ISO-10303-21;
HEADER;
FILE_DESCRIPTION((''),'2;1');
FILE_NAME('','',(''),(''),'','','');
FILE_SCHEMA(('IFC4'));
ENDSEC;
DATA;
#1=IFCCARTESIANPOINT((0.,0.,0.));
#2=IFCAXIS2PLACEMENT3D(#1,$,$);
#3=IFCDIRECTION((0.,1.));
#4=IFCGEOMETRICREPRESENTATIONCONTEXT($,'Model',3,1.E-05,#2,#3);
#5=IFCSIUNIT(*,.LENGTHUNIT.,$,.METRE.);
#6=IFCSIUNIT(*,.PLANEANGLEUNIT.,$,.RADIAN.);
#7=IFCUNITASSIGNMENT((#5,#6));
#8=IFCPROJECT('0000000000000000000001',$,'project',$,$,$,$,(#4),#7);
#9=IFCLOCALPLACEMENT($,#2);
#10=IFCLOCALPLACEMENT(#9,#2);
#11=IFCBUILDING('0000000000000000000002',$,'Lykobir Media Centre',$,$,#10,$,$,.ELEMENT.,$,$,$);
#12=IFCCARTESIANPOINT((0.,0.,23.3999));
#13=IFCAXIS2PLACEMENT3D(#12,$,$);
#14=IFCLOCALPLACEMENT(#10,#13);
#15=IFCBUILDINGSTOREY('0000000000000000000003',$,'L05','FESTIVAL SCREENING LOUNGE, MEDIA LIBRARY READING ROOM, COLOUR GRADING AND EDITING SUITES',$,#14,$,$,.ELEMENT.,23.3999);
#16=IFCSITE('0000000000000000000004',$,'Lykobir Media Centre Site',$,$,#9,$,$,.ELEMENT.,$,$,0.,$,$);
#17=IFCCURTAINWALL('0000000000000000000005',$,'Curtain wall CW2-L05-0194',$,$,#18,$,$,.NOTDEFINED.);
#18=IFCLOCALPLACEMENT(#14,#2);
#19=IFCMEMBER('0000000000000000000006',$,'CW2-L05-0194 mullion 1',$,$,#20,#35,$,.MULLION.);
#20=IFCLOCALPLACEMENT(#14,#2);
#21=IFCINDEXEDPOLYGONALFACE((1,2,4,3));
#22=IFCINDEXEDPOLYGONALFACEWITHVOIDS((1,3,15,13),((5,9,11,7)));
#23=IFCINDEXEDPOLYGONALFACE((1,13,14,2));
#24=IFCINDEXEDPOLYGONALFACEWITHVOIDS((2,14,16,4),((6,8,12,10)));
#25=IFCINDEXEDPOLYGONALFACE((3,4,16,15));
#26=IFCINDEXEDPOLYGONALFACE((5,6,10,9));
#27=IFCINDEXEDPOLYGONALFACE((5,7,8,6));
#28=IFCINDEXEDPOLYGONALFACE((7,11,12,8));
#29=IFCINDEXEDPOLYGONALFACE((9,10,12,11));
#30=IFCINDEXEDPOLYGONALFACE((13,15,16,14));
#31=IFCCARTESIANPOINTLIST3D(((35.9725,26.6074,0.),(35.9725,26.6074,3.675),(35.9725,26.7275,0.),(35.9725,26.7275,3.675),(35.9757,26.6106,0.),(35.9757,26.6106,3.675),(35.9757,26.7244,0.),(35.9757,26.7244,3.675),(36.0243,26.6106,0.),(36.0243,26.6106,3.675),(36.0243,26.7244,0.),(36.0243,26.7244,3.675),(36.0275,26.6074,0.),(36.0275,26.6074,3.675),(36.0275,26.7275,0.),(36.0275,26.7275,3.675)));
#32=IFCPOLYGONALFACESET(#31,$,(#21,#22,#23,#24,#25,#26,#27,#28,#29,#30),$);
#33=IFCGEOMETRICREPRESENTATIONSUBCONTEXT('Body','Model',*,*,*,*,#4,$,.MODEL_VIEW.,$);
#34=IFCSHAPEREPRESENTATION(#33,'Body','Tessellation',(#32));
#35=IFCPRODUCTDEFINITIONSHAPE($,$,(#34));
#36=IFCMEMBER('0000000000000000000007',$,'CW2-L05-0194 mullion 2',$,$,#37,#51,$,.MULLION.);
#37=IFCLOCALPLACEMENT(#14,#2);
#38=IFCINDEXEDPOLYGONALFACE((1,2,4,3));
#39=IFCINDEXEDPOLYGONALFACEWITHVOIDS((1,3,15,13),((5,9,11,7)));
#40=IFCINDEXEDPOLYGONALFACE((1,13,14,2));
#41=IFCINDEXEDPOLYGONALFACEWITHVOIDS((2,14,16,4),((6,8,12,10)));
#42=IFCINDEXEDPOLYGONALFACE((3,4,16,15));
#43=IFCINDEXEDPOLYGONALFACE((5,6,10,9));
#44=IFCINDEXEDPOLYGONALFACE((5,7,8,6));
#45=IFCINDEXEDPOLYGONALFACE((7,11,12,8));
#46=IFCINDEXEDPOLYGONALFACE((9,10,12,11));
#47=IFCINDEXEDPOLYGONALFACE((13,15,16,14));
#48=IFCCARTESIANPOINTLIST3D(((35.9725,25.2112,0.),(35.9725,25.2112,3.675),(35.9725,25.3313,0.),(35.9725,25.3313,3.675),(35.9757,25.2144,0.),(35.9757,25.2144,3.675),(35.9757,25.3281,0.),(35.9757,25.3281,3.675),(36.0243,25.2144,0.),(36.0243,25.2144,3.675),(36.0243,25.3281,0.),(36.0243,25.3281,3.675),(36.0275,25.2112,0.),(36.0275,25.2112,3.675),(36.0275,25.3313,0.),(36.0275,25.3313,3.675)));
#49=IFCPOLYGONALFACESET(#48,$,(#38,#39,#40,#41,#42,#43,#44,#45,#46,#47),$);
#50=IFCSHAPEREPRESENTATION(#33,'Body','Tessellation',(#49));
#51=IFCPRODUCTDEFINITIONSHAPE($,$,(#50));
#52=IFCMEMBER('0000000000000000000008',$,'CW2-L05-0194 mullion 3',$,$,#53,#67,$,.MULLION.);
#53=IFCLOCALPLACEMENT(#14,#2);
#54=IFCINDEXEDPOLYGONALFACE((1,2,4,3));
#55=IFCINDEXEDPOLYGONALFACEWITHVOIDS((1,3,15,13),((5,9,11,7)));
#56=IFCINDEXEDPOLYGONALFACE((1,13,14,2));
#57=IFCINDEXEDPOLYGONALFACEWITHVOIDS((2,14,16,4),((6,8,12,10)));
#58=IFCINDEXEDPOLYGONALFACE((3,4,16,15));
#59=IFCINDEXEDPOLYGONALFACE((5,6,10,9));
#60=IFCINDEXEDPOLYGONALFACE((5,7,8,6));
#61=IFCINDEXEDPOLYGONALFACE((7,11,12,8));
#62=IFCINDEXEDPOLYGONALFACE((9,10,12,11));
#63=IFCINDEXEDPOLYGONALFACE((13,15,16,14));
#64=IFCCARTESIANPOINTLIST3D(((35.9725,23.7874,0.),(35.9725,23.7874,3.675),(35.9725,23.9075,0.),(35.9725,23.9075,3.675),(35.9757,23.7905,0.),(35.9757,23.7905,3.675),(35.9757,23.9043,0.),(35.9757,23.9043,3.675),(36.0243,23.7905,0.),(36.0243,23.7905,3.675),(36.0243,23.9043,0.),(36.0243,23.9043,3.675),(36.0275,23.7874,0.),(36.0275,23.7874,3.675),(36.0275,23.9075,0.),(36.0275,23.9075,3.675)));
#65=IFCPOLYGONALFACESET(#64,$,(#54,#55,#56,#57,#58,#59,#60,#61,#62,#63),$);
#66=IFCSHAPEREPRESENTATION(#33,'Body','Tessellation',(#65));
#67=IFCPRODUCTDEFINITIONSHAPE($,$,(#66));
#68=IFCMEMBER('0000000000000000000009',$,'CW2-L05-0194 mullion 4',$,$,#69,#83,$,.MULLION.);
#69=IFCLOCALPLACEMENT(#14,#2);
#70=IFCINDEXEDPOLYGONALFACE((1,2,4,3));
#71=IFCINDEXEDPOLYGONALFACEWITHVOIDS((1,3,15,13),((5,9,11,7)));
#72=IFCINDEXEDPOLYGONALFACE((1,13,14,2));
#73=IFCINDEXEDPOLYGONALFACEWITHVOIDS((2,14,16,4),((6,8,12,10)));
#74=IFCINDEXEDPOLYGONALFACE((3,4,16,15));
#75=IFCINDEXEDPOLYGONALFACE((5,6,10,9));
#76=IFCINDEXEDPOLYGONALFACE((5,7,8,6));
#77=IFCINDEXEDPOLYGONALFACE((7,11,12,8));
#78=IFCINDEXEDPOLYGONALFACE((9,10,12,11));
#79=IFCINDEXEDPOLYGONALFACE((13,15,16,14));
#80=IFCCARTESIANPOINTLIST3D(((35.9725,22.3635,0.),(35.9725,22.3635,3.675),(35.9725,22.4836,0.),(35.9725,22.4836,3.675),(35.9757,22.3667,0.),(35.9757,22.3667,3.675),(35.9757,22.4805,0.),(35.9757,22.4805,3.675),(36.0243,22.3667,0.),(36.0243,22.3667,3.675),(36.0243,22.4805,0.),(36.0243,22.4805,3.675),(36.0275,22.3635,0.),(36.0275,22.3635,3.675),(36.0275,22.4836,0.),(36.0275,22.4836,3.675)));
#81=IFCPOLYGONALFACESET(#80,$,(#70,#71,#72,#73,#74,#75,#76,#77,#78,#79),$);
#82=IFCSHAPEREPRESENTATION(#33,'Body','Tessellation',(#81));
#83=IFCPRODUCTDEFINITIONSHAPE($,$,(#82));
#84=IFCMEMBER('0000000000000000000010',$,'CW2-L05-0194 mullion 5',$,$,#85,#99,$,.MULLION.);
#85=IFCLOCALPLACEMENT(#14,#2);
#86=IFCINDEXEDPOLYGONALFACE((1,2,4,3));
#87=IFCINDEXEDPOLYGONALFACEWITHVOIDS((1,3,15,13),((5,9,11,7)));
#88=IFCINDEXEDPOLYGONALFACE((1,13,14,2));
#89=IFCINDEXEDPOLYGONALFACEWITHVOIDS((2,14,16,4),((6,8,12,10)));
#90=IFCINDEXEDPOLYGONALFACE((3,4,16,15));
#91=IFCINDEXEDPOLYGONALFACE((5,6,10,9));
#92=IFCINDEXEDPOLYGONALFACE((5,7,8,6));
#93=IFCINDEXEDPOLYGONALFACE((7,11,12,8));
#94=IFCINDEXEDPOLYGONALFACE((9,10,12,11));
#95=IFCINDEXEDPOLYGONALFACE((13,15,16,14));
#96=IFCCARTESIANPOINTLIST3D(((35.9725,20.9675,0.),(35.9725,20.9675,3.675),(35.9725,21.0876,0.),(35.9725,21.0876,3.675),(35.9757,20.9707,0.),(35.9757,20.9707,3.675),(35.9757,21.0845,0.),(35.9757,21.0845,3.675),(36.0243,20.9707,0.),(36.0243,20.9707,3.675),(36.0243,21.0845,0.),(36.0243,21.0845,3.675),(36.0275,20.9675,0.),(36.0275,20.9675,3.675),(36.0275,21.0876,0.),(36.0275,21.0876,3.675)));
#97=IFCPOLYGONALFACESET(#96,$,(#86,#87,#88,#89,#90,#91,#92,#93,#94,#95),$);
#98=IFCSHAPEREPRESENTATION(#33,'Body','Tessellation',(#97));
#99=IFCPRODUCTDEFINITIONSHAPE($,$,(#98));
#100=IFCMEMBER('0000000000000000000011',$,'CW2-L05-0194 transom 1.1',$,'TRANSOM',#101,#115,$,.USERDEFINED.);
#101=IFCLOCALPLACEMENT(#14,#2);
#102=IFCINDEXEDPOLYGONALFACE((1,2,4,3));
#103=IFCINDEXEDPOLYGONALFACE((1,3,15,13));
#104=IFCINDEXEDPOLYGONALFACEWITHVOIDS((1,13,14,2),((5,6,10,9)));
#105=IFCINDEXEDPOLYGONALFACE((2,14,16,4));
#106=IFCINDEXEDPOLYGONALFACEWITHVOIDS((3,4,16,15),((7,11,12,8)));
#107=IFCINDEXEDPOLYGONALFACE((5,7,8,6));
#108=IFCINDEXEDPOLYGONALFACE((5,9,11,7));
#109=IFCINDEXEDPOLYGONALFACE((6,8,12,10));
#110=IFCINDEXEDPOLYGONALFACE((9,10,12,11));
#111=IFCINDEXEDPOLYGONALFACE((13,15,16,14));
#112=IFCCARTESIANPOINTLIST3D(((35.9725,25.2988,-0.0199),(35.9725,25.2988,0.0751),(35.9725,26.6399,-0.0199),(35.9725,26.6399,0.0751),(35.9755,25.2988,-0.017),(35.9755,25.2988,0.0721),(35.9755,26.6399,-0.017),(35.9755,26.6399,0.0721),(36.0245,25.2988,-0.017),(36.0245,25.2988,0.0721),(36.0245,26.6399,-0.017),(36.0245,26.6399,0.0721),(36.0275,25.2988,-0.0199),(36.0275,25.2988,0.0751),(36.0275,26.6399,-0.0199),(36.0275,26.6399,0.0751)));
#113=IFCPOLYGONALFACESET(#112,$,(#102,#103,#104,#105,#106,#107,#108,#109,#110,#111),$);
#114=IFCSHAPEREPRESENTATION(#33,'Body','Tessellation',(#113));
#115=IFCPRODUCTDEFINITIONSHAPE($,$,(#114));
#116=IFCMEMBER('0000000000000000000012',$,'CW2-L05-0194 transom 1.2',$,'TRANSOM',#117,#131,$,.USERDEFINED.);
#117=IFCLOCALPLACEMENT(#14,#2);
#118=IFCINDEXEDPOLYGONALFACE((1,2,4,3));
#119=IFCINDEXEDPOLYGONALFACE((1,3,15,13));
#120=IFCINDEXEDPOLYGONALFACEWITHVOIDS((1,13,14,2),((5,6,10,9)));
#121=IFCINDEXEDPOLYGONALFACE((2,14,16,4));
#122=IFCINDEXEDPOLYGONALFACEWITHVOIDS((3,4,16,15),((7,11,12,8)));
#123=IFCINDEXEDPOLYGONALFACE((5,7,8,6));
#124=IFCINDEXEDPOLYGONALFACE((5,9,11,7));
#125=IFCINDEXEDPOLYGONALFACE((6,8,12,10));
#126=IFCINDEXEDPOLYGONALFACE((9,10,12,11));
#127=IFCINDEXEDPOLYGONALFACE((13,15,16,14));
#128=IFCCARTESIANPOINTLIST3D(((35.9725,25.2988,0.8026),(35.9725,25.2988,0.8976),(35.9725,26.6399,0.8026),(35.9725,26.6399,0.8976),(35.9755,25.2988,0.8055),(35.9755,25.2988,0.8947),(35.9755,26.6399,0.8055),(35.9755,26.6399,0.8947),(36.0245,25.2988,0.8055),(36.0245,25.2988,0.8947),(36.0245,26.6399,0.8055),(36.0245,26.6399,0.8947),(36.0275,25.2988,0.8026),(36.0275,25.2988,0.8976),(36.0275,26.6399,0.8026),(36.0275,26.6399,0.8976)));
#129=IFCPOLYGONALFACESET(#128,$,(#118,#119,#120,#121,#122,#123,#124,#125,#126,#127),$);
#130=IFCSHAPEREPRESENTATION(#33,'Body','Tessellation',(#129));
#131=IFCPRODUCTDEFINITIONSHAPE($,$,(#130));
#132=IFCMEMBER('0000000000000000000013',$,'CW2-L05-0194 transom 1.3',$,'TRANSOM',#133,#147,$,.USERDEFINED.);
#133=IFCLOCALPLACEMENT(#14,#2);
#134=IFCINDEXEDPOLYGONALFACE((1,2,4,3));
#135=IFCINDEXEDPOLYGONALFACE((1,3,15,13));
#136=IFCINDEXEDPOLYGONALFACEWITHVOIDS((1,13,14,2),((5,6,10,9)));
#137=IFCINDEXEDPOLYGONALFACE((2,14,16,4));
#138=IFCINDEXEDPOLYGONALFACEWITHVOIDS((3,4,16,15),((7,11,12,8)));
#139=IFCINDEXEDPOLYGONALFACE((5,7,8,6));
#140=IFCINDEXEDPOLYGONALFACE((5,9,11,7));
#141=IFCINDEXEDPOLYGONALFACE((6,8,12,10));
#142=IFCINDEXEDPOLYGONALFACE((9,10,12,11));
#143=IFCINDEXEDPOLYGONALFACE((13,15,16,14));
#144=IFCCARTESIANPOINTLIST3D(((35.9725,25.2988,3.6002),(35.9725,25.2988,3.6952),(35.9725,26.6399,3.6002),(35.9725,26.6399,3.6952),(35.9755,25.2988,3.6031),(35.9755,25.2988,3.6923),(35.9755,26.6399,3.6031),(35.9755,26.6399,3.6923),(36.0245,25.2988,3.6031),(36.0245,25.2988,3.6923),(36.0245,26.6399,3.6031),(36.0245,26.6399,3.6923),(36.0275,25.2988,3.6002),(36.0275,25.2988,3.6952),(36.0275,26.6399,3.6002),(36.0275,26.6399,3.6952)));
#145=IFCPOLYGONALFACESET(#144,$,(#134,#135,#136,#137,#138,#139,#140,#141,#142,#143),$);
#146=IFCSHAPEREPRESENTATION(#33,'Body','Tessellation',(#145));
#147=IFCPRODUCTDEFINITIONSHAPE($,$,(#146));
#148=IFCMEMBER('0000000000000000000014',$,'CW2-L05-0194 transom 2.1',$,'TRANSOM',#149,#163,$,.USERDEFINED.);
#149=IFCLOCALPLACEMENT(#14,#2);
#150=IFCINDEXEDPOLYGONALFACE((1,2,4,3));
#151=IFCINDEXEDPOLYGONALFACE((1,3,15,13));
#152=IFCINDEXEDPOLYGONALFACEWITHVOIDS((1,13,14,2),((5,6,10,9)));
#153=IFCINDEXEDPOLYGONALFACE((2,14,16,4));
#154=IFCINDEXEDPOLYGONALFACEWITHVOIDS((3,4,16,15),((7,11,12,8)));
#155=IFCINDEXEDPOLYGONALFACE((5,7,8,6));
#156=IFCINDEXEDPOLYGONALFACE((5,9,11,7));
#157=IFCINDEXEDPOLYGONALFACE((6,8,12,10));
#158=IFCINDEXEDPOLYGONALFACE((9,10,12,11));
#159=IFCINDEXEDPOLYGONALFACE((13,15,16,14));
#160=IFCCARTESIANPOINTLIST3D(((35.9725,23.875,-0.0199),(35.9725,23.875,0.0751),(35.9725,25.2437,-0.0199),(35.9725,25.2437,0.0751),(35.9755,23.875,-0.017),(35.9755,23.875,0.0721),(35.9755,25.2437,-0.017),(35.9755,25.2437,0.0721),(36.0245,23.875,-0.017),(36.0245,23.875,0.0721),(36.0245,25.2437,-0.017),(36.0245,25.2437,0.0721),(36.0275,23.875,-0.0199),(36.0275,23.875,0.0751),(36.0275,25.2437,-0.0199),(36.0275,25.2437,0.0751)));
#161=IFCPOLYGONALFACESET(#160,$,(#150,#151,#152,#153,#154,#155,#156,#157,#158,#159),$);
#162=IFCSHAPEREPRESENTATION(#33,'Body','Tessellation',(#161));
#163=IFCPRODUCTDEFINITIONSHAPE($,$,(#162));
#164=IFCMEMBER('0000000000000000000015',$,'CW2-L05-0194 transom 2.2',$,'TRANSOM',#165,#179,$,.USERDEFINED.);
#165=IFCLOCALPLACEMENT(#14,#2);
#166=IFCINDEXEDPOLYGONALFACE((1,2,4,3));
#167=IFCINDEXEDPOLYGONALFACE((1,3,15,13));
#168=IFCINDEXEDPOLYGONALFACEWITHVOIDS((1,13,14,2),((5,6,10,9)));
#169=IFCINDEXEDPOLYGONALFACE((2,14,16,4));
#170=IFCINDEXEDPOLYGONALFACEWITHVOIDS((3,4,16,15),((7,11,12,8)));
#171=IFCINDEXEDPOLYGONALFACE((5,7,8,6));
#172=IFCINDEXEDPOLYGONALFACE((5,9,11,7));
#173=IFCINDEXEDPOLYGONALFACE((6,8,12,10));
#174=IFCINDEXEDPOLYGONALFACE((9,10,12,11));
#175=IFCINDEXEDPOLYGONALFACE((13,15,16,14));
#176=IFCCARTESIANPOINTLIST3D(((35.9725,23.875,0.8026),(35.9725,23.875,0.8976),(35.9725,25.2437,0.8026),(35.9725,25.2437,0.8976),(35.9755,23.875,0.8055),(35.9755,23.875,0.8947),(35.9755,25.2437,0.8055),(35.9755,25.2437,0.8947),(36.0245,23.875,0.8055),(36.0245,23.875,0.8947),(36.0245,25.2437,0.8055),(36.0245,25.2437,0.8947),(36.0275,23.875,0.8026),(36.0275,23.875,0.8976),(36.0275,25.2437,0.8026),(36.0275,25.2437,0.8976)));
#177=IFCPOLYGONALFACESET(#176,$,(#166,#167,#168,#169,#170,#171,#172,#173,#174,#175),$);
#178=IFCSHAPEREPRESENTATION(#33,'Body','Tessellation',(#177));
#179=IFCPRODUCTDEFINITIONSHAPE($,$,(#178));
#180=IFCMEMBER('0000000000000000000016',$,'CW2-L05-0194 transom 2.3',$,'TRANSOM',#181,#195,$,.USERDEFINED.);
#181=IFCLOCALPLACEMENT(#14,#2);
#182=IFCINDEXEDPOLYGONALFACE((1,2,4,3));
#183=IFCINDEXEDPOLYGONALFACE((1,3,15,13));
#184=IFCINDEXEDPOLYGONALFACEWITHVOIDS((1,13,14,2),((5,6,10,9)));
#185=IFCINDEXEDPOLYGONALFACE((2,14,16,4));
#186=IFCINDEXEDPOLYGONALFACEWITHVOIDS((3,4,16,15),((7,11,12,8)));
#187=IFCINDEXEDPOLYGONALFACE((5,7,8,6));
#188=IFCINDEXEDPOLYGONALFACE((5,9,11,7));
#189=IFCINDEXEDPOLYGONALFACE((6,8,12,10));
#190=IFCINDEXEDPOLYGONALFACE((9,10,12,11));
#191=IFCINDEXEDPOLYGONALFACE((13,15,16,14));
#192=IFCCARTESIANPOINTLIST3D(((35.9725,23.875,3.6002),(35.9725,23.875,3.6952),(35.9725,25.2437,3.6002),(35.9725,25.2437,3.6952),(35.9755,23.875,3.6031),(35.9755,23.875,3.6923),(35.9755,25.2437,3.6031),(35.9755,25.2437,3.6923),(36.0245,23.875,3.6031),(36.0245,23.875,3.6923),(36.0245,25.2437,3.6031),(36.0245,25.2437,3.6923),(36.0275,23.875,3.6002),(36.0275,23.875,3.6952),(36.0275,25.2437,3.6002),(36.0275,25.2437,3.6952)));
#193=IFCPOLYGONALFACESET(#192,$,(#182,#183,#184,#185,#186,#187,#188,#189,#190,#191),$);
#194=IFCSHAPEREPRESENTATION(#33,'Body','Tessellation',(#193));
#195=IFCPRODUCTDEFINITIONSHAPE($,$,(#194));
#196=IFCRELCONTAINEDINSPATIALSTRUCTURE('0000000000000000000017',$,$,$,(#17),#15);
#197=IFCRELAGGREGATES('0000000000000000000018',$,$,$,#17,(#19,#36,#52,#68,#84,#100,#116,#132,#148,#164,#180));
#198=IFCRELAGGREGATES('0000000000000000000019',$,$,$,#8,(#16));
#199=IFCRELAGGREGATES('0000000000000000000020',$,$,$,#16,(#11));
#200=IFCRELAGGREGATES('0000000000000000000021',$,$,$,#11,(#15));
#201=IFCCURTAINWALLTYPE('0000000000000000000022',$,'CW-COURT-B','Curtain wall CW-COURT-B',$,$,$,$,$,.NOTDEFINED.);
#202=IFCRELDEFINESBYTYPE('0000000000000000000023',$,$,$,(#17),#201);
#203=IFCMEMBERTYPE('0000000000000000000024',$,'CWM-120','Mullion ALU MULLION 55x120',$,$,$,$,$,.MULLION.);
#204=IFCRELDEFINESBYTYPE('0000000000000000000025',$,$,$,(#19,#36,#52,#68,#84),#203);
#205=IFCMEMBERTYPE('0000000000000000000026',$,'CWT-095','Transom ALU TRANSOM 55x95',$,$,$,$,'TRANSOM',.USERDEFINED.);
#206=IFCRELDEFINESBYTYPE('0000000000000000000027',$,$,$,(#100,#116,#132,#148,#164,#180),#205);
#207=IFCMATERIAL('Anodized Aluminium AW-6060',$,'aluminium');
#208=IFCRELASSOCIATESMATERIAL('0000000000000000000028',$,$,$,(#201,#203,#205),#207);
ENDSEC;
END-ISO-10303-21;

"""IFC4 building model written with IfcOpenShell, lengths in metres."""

from ifc_helpers import new_model, si_unit, direction, frame, origin, origin_2d, place, context, subcontext, project, spatial, hollow_rectangle, extrude, material, material_profile, profile_set, type_object, element, aggregate, save


model = new_model("IFC4")

# Units and contexts
model_context = context("Model", 3, precision=1e-05, world=origin(), true_north=direction((0.0, 1.0)))
body_context = subcontext(model_context, "Body", "Model", "MODEL_VIEW")
ifc_project = project(units=[si_unit("LENGTHUNIT", "METRE"), si_unit("PLANEANGLEUNIT", "RADIAN")], contexts=[model_context])

# Site, building, storey
site_placement = place(None, origin())
site = spatial("IfcSite", under=ifc_project, at=site_placement, Name="Lykobir Media Centre Site", CompositionType="ELEMENT", RefElevation=0.0)
building_placement = place(site_placement, origin())
building = spatial("IfcBuilding", under=site, at=building_placement, Name="Lykobir Media Centre", CompositionType="ELEMENT")
storey_placement = place(building_placement, frame((0.0, 0.0, 23.3999)))
storey = spatial("IfcBuildingStorey", under=building, at=storey_placement, Name="L05", Description="FESTIVAL SCREENING LOUNGE, MEDIA LIBRARY READING ROOM, COLOUR GRADING AND EDITING SUITES", CompositionType="ELEMENT", Elevation=23.3999)

# Curtain wall, members
ifc_material_1 = material(Name="Anodized Aluminium AW-6060", Category="aluminium")
curtain_wall_type = type_object("IfcCurtainWallType", Name="CW-COURT-B", Description="Curtain wall CW-COURT-B", PredefinedType="NOTDEFINED", material=ifc_material_1)
curtain_wall_placement = place(storey_placement, origin())
curtain_wall = element("IfcCurtainWall", 1, at=curtain_wall_placement, inside=storey, type_object=curtain_wall_type, Name="Curtain wall CW2-L05-0194", PredefinedType="NOTDEFINED")
ifc_material_profile_1 = material_profile(ifc_material_1, hollow_rectangle(XDim=0.0549, YDim=0.1201, WallThickness=0.0032, at=origin_2d()), Name="ALU MULLION 55x120")
ifc_profile_set_1 = profile_set([ifc_material_profile_1], Name="Anodized Aluminium AW-6060")
member_type_1 = type_object("IfcMemberType", Name="CWM-120", Description="Mullion ALU MULLION 55x120", PredefinedType="MULLION", material=ifc_profile_set_1)
member_1_placement = place(storey_placement, frame((36.0, 26.6675, 0.0), z_axis=(0.0, 0.0, 1.0), x_axis=(1.0, 0.0, 0.0)))
member_1 = element("IfcMember", 2, at=member_1_placement, type_object=member_type_1, Name="CW2-L05-0194 mullion 1", PredefinedType="MULLION", context=body_context, shape_type="SweptSolid", body=[
    extrude(hollow_rectangle(XDim=0.0549, YDim=0.1201, WallThickness=0.0032, at=origin_2d()), origin(), (0.0, 0.0, 1.0), 3.675),
])
member_2_placement = place(storey_placement, frame((36.0, 25.2712, 0.0), z_axis=(0.0, 0.0, 1.0), x_axis=(1.0, 0.0, 0.0)))
member_2 = element("IfcMember", 3, at=member_2_placement, type_object=member_type_1, Name="CW2-L05-0194 mullion 2", PredefinedType="MULLION", context=body_context, shape_type="SweptSolid", body=[
    extrude(hollow_rectangle(XDim=0.0549, YDim=0.1201, WallThickness=0.0032, at=origin_2d()), origin(), (0.0, 0.0, 1.0), 3.675),
])
member_3_placement = place(storey_placement, frame((36.0, 23.8474, 0.0), z_axis=(0.0, 0.0, 1.0), x_axis=(1.0, 0.0, 0.0)))
member_3 = element("IfcMember", 4, at=member_3_placement, type_object=member_type_1, Name="CW2-L05-0194 mullion 3", PredefinedType="MULLION", context=body_context, shape_type="SweptSolid", body=[
    extrude(hollow_rectangle(XDim=0.0549, YDim=0.1201, WallThickness=0.0032, at=origin_2d()), origin(), (0.0, 0.0, 1.0), 3.675),
])
member_4_placement = place(storey_placement, frame((36.0, 22.4236, 0.0), z_axis=(0.0, 0.0, 1.0), x_axis=(1.0, 0.0, 0.0)))
member_4 = element("IfcMember", 5, at=member_4_placement, type_object=member_type_1, Name="CW2-L05-0194 mullion 4", PredefinedType="MULLION", context=body_context, shape_type="SweptSolid", body=[
    extrude(hollow_rectangle(XDim=0.0549, YDim=0.1201, WallThickness=0.0032, at=origin_2d()), origin(), (0.0, 0.0, 1.0), 3.675),
])
member_5_placement = place(storey_placement, frame((36.0, 21.0276, 0.0), z_axis=(0.0, 0.0, 1.0), x_axis=(1.0, 0.0, 0.0)))
member_5 = element("IfcMember", 6, at=member_5_placement, type_object=member_type_1, Name="CW2-L05-0194 mullion 5", PredefinedType="MULLION", context=body_context, shape_type="SweptSolid", body=[
    extrude(hollow_rectangle(XDim=0.0549, YDim=0.1201, WallThickness=0.0032, at=origin_2d()), origin(), (0.0, 0.0, 1.0), 3.675),
])
ifc_material_profile_2 = material_profile(ifc_material_1, hollow_rectangle(XDim=0.0549, YDim=0.095, WallThickness=0.0029, at=origin_2d()), Name="ALU TRANSOM 55x95")
ifc_profile_set_2 = profile_set([ifc_material_profile_2], Name="Anodized Aluminium AW-6060")
member_type_2 = type_object("IfcMemberType", Name="CWT-095", Description="Transom ALU TRANSOM 55x95", ElementType="TRANSOM", PredefinedType="USERDEFINED", material=ifc_profile_set_2)
member_6_placement = place(storey_placement, frame((36.0, 26.6399, 0.0276), z_axis=(0.0, -1.0, 0.0), x_axis=(1.0, 0.0, 0.0)))
member_6 = element("IfcMember", 7, at=member_6_placement, type_object=member_type_2, Name="CW2-L05-0194 transom 1.1", ObjectType="TRANSOM", PredefinedType="USERDEFINED", context=body_context, shape_type="SweptSolid", body=[
    extrude(hollow_rectangle(XDim=0.0549, YDim=0.095, WallThickness=0.0029, at=origin_2d()), origin(), (0.0, 0.0, 1.0), 1.3411),
])
member_7_placement = place(storey_placement, frame((36.0, 26.6399, 0.8501), z_axis=(0.0, -1.0, 0.0), x_axis=(1.0, 0.0, 0.0)))
member_7 = element("IfcMember", 8, at=member_7_placement, type_object=member_type_2, Name="CW2-L05-0194 transom 1.2", ObjectType="TRANSOM", PredefinedType="USERDEFINED", context=body_context, shape_type="SweptSolid", body=[
    extrude(hollow_rectangle(XDim=0.0549, YDim=0.095, WallThickness=0.0029, at=origin_2d()), origin(), (0.0, 0.0, 1.0), 1.3411),
])
member_8_placement = place(storey_placement, frame((36.0, 26.6399, 3.6477), z_axis=(0.0, -1.0, 0.0), x_axis=(1.0, 0.0, 0.0)))
member_8 = element("IfcMember", 9, at=member_8_placement, type_object=member_type_2, Name="CW2-L05-0194 transom 1.3", ObjectType="TRANSOM", PredefinedType="USERDEFINED", context=body_context, shape_type="SweptSolid", body=[
    extrude(hollow_rectangle(XDim=0.0549, YDim=0.095, WallThickness=0.0029, at=origin_2d()), origin(), (0.0, 0.0, 1.0), 1.3411),
])
member_9_placement = place(storey_placement, frame((36.0, 25.2437, 0.0276), z_axis=(0.0, -1.0, 0.0), x_axis=(1.0, 0.0, 0.0)))
member_9 = element("IfcMember", 10, at=member_9_placement, type_object=member_type_2, Name="CW2-L05-0194 transom 2.1", ObjectType="TRANSOM", PredefinedType="USERDEFINED", context=body_context, shape_type="SweptSolid", body=[
    extrude(hollow_rectangle(XDim=0.0549, YDim=0.095, WallThickness=0.0029, at=origin_2d()), origin(), (0.0, 0.0, 1.0), 1.3687),
])
member_10_placement = place(storey_placement, frame((36.0, 25.2437, 0.8501), z_axis=(0.0, -1.0, 0.0), x_axis=(1.0, 0.0, 0.0)))
member_10 = element("IfcMember", 11, at=member_10_placement, type_object=member_type_2, Name="CW2-L05-0194 transom 2.2", ObjectType="TRANSOM", PredefinedType="USERDEFINED", context=body_context, shape_type="SweptSolid", body=[
    extrude(hollow_rectangle(XDim=0.0549, YDim=0.095, WallThickness=0.0029, at=origin_2d()), origin(), (0.0, 0.0, 1.0), 1.3687),
])
member_11_placement = place(storey_placement, frame((36.0, 25.2437, 3.6477), z_axis=(0.0, -1.0, 0.0), x_axis=(1.0, 0.0, 0.0)))
member_11 = element("IfcMember", 12, at=member_11_placement, type_object=member_type_2, Name="CW2-L05-0194 transom 2.3", ObjectType="TRANSOM", PredefinedType="USERDEFINED", context=body_context, shape_type="SweptSolid", body=[
    extrude(hollow_rectangle(XDim=0.0549, YDim=0.095, WallThickness=0.0029, at=origin_2d()), origin(), (0.0, 0.0, 1.0), 1.3687),
])
aggregate(curtain_wall, [member_1, member_2, member_3, member_4, member_5, member_6, member_7, member_8, member_9, member_10, member_11])

save(model, "model.ifc")
